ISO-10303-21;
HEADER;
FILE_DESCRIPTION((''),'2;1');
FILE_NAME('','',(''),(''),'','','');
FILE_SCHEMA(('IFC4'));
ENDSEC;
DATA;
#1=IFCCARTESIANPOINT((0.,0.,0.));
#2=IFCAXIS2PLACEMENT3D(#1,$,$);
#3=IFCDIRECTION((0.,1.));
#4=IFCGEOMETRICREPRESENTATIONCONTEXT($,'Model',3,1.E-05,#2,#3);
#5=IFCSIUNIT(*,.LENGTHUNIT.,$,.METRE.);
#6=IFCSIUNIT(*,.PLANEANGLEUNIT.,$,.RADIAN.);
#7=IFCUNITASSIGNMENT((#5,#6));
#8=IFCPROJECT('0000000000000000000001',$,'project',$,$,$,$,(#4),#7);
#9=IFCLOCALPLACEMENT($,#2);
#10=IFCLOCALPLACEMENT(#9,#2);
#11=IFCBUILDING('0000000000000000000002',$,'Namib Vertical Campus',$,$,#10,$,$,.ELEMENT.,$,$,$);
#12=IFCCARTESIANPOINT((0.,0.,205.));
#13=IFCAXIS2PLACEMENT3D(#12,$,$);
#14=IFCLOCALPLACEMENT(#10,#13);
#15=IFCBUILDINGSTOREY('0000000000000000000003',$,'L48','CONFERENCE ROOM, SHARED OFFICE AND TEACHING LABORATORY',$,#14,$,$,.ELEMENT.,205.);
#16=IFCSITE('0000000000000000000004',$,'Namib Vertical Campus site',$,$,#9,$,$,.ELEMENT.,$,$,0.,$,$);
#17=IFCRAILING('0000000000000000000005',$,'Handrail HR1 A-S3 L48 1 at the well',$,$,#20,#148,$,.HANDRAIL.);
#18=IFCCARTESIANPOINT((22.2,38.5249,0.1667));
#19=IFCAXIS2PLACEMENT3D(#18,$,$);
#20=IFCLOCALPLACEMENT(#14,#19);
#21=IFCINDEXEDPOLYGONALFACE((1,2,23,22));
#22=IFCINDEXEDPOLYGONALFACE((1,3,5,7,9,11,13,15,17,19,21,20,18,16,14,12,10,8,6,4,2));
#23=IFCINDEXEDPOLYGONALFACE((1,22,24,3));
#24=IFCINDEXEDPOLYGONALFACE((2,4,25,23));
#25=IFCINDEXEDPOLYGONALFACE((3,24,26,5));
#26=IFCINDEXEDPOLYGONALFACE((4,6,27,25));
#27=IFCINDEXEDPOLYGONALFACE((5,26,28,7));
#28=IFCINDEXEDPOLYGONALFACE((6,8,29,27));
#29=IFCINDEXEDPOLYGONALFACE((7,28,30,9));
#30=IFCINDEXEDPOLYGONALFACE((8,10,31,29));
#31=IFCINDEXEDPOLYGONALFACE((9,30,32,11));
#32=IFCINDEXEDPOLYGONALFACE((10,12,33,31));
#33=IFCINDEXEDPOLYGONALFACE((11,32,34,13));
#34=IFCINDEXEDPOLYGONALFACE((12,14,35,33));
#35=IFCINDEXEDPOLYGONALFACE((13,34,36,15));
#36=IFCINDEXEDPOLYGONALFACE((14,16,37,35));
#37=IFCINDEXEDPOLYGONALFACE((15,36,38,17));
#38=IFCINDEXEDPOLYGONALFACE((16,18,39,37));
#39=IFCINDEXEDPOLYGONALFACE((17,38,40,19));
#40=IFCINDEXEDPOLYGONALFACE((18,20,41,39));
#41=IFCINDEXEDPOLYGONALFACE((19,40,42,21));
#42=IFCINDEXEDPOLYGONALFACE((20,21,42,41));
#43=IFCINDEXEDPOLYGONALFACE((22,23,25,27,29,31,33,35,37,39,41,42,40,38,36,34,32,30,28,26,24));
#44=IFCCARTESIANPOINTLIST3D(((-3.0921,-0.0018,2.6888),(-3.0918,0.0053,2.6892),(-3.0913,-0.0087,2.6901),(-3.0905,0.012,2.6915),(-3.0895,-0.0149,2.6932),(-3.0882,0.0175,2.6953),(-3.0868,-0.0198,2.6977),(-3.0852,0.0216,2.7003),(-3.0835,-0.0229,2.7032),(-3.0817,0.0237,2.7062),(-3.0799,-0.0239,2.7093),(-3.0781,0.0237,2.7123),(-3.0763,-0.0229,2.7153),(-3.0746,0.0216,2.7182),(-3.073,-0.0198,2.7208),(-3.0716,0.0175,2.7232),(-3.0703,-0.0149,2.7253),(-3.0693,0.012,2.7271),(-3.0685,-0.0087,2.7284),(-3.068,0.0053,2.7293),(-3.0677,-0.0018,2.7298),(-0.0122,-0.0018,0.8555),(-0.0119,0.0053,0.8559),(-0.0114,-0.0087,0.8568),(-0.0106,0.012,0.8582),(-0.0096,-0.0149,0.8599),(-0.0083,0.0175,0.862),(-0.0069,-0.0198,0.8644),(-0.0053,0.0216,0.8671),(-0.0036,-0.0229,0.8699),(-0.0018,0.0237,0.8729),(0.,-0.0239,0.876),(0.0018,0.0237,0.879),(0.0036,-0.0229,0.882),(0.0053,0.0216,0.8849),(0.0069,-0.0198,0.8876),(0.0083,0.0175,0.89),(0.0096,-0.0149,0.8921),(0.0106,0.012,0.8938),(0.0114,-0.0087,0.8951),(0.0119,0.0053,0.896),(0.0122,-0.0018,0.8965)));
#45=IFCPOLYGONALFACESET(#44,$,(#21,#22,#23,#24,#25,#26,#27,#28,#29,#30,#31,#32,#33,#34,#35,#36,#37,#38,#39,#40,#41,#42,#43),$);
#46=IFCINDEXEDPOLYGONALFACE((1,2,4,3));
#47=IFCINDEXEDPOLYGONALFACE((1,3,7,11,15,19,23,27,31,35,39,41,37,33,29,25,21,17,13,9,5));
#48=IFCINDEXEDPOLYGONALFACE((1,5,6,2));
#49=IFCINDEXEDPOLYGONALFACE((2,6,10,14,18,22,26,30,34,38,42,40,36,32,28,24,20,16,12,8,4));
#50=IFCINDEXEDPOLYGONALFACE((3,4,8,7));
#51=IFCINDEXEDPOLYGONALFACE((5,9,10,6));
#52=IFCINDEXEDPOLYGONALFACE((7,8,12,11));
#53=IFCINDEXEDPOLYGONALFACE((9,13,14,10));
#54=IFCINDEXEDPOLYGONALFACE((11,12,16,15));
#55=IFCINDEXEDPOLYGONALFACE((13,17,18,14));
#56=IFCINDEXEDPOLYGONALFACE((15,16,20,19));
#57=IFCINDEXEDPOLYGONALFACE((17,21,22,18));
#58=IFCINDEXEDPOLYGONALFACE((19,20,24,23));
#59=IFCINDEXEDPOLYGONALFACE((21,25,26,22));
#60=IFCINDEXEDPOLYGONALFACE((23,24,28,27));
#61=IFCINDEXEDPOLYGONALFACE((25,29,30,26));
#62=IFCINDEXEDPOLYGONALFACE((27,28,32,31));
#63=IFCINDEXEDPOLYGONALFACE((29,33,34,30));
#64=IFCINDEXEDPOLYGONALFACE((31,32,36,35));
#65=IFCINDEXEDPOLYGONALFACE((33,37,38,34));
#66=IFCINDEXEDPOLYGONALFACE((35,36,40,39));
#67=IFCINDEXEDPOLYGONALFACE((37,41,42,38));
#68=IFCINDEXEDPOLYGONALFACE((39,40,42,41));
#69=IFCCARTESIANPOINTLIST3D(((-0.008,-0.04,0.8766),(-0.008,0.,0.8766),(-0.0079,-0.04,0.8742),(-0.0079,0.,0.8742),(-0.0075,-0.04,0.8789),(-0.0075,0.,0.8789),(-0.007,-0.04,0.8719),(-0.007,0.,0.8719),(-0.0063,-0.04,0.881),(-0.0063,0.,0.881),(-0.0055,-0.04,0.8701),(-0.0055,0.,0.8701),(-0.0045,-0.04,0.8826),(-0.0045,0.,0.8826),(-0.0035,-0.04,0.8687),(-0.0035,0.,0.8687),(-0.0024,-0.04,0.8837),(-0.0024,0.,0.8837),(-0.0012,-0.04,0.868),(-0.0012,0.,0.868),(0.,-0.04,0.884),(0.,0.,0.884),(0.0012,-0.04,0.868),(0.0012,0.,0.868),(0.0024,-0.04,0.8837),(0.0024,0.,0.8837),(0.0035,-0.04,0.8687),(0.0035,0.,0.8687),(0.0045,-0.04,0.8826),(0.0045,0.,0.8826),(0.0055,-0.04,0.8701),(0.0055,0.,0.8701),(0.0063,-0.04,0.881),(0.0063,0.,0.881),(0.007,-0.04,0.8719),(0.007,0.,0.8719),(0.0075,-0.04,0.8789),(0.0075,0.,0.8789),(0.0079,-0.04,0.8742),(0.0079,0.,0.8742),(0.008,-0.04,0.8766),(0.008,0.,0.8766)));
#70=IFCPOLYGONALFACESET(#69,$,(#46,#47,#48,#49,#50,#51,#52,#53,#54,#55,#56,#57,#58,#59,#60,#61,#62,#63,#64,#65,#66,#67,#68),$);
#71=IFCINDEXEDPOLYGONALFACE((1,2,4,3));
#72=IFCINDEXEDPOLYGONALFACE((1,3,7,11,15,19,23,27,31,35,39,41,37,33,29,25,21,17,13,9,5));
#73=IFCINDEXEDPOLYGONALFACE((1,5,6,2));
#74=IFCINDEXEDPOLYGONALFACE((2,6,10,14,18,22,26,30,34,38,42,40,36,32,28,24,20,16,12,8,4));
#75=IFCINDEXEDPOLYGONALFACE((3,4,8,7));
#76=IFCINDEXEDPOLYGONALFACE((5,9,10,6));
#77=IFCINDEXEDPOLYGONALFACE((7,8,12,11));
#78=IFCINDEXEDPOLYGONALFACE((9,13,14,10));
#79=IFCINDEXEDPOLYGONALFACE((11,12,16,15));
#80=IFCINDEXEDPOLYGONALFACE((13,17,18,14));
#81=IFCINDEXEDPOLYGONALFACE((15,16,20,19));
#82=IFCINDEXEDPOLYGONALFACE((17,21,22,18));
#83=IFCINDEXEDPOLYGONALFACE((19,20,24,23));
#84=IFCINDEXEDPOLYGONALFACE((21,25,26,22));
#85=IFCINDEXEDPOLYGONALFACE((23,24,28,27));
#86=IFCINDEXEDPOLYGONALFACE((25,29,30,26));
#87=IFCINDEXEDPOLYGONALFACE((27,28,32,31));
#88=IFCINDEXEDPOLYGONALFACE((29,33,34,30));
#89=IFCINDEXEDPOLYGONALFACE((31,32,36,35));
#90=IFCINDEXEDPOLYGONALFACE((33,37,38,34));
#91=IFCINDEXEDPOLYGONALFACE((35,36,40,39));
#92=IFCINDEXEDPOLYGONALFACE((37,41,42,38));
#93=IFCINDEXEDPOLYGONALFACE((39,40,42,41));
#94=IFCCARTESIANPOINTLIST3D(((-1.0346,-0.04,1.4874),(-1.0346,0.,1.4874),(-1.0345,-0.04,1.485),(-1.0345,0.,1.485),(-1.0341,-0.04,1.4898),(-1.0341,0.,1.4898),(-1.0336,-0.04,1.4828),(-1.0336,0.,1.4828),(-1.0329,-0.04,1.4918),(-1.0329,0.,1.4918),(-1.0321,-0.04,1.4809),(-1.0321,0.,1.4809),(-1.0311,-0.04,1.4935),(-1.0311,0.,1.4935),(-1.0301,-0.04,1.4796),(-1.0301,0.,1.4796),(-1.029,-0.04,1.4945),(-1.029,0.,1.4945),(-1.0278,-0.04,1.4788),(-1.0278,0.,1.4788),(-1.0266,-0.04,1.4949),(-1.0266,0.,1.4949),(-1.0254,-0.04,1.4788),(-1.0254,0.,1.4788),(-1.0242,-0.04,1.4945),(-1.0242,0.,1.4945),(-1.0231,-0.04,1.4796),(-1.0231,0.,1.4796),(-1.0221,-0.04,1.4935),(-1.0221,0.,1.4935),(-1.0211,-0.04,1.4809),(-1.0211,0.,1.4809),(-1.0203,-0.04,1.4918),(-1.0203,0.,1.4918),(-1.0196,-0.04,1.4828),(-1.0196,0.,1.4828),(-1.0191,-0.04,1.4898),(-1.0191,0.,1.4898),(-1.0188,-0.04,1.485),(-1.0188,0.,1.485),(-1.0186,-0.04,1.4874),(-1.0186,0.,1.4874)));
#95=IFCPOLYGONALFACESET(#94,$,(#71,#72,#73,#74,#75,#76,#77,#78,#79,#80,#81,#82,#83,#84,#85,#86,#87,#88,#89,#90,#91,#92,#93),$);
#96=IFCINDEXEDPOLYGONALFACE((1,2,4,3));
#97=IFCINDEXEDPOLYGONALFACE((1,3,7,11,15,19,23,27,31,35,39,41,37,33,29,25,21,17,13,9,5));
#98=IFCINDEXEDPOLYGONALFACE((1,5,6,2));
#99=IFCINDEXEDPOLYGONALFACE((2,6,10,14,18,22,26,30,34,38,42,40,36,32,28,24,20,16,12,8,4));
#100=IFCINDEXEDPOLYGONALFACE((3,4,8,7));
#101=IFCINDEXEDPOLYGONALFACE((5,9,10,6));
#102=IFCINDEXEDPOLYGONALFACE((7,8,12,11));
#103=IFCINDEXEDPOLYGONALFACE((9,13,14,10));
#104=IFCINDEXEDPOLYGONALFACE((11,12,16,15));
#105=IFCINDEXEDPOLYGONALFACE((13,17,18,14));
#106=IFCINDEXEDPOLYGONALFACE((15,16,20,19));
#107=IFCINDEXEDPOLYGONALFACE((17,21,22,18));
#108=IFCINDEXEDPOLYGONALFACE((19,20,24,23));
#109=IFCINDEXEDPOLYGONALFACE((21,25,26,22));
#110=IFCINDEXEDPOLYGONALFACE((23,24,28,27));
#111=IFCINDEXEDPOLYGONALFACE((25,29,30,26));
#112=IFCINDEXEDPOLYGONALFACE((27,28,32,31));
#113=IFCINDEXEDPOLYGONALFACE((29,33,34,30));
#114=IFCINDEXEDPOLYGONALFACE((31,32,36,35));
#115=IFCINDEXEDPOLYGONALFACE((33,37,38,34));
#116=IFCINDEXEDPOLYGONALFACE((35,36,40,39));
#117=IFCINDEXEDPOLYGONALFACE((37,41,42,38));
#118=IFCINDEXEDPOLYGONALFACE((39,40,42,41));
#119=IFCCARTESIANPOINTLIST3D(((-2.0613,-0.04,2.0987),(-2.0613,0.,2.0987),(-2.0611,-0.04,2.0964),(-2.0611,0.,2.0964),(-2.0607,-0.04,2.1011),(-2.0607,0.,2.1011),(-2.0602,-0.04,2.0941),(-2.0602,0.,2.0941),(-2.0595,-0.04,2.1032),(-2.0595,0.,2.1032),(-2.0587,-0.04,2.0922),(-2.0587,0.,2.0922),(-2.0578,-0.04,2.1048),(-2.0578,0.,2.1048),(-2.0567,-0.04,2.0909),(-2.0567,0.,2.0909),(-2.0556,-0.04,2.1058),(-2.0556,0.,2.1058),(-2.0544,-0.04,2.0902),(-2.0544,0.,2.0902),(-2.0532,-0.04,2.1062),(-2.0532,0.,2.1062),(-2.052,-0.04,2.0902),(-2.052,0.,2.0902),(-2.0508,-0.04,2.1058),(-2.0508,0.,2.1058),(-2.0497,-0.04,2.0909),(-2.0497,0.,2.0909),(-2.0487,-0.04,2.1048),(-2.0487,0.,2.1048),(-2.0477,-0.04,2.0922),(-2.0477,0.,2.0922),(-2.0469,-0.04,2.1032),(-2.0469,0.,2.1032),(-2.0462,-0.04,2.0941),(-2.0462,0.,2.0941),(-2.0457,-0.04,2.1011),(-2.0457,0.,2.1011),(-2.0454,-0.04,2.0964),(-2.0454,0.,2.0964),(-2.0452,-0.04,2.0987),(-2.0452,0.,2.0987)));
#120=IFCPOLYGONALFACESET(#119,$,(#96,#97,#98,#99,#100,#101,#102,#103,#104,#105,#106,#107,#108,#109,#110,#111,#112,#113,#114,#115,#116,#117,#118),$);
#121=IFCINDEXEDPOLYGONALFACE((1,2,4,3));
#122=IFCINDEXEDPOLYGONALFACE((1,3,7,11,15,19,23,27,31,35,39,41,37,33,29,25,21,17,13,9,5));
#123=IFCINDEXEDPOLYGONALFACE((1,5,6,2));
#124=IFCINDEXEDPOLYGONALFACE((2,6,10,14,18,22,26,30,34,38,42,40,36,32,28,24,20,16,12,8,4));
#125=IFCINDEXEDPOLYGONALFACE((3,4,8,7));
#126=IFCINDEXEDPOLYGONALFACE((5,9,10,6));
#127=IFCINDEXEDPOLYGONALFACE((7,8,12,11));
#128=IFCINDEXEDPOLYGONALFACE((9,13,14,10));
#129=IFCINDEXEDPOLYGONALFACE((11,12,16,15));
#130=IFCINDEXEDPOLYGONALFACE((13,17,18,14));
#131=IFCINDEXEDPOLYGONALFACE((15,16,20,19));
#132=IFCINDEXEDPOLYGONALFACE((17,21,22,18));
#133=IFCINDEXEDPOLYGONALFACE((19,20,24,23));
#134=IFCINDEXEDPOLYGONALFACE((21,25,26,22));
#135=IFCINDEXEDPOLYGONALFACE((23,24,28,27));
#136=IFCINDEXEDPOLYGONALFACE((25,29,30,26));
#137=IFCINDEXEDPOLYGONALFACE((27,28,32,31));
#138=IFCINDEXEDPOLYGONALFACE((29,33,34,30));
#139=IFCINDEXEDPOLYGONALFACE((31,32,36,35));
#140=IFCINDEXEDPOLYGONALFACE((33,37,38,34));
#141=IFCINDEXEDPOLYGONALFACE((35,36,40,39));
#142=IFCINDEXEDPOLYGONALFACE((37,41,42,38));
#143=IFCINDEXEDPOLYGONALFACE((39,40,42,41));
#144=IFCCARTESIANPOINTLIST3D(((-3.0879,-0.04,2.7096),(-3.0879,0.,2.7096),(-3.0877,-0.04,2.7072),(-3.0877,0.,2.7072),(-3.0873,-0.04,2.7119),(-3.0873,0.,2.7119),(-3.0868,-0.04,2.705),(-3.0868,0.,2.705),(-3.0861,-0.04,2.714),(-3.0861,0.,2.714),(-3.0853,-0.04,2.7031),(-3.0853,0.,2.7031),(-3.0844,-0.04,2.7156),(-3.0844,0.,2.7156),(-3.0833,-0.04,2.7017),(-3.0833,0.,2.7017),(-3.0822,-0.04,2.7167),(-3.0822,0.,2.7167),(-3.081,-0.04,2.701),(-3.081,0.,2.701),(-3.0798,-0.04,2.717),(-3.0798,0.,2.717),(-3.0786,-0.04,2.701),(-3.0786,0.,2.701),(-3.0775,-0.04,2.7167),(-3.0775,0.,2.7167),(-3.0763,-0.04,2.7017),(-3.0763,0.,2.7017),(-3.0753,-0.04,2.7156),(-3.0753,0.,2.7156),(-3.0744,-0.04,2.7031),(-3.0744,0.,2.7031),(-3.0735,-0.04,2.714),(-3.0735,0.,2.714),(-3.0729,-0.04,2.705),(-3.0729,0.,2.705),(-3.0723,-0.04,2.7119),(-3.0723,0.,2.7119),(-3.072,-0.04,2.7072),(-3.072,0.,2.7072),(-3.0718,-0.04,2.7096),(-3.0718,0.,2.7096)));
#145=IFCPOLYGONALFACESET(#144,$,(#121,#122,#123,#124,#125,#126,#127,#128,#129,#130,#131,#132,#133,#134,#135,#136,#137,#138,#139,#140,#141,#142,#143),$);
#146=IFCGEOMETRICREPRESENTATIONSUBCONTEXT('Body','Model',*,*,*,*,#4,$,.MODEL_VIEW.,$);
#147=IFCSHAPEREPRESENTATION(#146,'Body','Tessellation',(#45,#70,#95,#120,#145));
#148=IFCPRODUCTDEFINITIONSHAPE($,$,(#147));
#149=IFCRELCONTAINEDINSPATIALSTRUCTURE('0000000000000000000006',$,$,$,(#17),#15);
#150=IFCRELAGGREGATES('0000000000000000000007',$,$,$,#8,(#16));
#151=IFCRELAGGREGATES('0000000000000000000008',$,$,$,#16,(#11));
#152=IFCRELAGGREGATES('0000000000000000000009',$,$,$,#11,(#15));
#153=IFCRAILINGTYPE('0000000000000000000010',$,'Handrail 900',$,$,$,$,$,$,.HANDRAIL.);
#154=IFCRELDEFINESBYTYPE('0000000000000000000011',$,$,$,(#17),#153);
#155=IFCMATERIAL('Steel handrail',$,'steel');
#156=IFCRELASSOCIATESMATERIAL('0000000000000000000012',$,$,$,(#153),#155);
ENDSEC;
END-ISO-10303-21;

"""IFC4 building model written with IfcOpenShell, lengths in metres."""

from ifc_helpers import new_model, si_unit, direction, frame, origin, origin_2d, place, context, subcontext, project, spatial, circle, extrude, material, type_object, element, save


model = new_model("IFC4")

# Units and contexts
model_context = context("Model", 3, precision=1e-05, world=origin(), true_north=direction((0.0, 1.0)))
body_context = subcontext(model_context, "Body", "Model", "MODEL_VIEW")
ifc_project = project(units=[si_unit("LENGTHUNIT", "METRE"), si_unit("PLANEANGLEUNIT", "RADIAN")], contexts=[model_context])

# Site, building, storey
site_placement = place(None, origin())
site = spatial("IfcSite", under=ifc_project, at=site_placement, Name="Namib Vertical Campus site", CompositionType="ELEMENT", RefElevation=0.0)
building_placement = place(site_placement, origin())
building = spatial("IfcBuilding", under=site, at=building_placement, Name="Namib Vertical Campus", CompositionType="ELEMENT")
storey_placement = place(building_placement, frame((0.0, 0.0, 205.0)))
storey = spatial("IfcBuildingStorey", under=building, at=storey_placement, Name="L48", Description="CONFERENCE ROOM, SHARED OFFICE AND TEACHING LABORATORY", CompositionType="ELEMENT", Elevation=205.0)

# Railing
ifc_material_1 = material(Name="Steel handrail", Category="steel")
railing_type_1 = type_object("IfcRailingType", Name="Handrail 900", PredefinedType="HANDRAIL", material=ifc_material_1)
railing_1_placement = place(storey_placement, frame((22.2, 38.5249, 0.1667)))
element("IfcRailing", 1, at=railing_1_placement, inside=storey, type_object=railing_type_1, Name="Handrail HR1 A-S3 L48 1 at the well", PredefinedType="HANDRAIL", context=body_context, shape_type="SweptSolid", body=[
    extrude(circle(Radius=0.0239, at=origin_2d()), frame((0.0, 0.0, 0.876), z_axis=(-0.859291, 0.0, 0.511487), x_axis=(0.0, -1.0, 0.0)), (0.0, 0.0, 1.0), 3.5842),
    extrude(circle(Radius=0.0081, at=origin_2d()), frame((0.0, 0.0, 0.876), z_axis=(0.0, -1.0, 0.0), x_axis=(0.0, 0.0, 1.0)), (0.0, 0.0, 1.0), 0.04),
    extrude(circle(Radius=0.0081, at=origin_2d()), frame((-1.0266, 0.0, 1.4868), z_axis=(0.0, -1.0, 0.0), x_axis=(0.0, 0.0, 1.0)), (0.0, 0.0, 1.0), 0.04),
    extrude(circle(Radius=0.0081, at=origin_2d()), frame((-2.0532, 0.0, 2.0981), z_axis=(0.0, -1.0, 0.0), x_axis=(0.0, 0.0, 1.0)), (0.0, 0.0, 1.0), 0.04),
    extrude(circle(Radius=0.0081, at=origin_2d()), frame((-3.0798, 0.0, 2.709), z_axis=(0.0, -1.0, 0.0), x_axis=(0.0, 0.0, 1.0)), (0.0, 0.0, 1.0), 0.04),
])

save(model, "model.ifc")
